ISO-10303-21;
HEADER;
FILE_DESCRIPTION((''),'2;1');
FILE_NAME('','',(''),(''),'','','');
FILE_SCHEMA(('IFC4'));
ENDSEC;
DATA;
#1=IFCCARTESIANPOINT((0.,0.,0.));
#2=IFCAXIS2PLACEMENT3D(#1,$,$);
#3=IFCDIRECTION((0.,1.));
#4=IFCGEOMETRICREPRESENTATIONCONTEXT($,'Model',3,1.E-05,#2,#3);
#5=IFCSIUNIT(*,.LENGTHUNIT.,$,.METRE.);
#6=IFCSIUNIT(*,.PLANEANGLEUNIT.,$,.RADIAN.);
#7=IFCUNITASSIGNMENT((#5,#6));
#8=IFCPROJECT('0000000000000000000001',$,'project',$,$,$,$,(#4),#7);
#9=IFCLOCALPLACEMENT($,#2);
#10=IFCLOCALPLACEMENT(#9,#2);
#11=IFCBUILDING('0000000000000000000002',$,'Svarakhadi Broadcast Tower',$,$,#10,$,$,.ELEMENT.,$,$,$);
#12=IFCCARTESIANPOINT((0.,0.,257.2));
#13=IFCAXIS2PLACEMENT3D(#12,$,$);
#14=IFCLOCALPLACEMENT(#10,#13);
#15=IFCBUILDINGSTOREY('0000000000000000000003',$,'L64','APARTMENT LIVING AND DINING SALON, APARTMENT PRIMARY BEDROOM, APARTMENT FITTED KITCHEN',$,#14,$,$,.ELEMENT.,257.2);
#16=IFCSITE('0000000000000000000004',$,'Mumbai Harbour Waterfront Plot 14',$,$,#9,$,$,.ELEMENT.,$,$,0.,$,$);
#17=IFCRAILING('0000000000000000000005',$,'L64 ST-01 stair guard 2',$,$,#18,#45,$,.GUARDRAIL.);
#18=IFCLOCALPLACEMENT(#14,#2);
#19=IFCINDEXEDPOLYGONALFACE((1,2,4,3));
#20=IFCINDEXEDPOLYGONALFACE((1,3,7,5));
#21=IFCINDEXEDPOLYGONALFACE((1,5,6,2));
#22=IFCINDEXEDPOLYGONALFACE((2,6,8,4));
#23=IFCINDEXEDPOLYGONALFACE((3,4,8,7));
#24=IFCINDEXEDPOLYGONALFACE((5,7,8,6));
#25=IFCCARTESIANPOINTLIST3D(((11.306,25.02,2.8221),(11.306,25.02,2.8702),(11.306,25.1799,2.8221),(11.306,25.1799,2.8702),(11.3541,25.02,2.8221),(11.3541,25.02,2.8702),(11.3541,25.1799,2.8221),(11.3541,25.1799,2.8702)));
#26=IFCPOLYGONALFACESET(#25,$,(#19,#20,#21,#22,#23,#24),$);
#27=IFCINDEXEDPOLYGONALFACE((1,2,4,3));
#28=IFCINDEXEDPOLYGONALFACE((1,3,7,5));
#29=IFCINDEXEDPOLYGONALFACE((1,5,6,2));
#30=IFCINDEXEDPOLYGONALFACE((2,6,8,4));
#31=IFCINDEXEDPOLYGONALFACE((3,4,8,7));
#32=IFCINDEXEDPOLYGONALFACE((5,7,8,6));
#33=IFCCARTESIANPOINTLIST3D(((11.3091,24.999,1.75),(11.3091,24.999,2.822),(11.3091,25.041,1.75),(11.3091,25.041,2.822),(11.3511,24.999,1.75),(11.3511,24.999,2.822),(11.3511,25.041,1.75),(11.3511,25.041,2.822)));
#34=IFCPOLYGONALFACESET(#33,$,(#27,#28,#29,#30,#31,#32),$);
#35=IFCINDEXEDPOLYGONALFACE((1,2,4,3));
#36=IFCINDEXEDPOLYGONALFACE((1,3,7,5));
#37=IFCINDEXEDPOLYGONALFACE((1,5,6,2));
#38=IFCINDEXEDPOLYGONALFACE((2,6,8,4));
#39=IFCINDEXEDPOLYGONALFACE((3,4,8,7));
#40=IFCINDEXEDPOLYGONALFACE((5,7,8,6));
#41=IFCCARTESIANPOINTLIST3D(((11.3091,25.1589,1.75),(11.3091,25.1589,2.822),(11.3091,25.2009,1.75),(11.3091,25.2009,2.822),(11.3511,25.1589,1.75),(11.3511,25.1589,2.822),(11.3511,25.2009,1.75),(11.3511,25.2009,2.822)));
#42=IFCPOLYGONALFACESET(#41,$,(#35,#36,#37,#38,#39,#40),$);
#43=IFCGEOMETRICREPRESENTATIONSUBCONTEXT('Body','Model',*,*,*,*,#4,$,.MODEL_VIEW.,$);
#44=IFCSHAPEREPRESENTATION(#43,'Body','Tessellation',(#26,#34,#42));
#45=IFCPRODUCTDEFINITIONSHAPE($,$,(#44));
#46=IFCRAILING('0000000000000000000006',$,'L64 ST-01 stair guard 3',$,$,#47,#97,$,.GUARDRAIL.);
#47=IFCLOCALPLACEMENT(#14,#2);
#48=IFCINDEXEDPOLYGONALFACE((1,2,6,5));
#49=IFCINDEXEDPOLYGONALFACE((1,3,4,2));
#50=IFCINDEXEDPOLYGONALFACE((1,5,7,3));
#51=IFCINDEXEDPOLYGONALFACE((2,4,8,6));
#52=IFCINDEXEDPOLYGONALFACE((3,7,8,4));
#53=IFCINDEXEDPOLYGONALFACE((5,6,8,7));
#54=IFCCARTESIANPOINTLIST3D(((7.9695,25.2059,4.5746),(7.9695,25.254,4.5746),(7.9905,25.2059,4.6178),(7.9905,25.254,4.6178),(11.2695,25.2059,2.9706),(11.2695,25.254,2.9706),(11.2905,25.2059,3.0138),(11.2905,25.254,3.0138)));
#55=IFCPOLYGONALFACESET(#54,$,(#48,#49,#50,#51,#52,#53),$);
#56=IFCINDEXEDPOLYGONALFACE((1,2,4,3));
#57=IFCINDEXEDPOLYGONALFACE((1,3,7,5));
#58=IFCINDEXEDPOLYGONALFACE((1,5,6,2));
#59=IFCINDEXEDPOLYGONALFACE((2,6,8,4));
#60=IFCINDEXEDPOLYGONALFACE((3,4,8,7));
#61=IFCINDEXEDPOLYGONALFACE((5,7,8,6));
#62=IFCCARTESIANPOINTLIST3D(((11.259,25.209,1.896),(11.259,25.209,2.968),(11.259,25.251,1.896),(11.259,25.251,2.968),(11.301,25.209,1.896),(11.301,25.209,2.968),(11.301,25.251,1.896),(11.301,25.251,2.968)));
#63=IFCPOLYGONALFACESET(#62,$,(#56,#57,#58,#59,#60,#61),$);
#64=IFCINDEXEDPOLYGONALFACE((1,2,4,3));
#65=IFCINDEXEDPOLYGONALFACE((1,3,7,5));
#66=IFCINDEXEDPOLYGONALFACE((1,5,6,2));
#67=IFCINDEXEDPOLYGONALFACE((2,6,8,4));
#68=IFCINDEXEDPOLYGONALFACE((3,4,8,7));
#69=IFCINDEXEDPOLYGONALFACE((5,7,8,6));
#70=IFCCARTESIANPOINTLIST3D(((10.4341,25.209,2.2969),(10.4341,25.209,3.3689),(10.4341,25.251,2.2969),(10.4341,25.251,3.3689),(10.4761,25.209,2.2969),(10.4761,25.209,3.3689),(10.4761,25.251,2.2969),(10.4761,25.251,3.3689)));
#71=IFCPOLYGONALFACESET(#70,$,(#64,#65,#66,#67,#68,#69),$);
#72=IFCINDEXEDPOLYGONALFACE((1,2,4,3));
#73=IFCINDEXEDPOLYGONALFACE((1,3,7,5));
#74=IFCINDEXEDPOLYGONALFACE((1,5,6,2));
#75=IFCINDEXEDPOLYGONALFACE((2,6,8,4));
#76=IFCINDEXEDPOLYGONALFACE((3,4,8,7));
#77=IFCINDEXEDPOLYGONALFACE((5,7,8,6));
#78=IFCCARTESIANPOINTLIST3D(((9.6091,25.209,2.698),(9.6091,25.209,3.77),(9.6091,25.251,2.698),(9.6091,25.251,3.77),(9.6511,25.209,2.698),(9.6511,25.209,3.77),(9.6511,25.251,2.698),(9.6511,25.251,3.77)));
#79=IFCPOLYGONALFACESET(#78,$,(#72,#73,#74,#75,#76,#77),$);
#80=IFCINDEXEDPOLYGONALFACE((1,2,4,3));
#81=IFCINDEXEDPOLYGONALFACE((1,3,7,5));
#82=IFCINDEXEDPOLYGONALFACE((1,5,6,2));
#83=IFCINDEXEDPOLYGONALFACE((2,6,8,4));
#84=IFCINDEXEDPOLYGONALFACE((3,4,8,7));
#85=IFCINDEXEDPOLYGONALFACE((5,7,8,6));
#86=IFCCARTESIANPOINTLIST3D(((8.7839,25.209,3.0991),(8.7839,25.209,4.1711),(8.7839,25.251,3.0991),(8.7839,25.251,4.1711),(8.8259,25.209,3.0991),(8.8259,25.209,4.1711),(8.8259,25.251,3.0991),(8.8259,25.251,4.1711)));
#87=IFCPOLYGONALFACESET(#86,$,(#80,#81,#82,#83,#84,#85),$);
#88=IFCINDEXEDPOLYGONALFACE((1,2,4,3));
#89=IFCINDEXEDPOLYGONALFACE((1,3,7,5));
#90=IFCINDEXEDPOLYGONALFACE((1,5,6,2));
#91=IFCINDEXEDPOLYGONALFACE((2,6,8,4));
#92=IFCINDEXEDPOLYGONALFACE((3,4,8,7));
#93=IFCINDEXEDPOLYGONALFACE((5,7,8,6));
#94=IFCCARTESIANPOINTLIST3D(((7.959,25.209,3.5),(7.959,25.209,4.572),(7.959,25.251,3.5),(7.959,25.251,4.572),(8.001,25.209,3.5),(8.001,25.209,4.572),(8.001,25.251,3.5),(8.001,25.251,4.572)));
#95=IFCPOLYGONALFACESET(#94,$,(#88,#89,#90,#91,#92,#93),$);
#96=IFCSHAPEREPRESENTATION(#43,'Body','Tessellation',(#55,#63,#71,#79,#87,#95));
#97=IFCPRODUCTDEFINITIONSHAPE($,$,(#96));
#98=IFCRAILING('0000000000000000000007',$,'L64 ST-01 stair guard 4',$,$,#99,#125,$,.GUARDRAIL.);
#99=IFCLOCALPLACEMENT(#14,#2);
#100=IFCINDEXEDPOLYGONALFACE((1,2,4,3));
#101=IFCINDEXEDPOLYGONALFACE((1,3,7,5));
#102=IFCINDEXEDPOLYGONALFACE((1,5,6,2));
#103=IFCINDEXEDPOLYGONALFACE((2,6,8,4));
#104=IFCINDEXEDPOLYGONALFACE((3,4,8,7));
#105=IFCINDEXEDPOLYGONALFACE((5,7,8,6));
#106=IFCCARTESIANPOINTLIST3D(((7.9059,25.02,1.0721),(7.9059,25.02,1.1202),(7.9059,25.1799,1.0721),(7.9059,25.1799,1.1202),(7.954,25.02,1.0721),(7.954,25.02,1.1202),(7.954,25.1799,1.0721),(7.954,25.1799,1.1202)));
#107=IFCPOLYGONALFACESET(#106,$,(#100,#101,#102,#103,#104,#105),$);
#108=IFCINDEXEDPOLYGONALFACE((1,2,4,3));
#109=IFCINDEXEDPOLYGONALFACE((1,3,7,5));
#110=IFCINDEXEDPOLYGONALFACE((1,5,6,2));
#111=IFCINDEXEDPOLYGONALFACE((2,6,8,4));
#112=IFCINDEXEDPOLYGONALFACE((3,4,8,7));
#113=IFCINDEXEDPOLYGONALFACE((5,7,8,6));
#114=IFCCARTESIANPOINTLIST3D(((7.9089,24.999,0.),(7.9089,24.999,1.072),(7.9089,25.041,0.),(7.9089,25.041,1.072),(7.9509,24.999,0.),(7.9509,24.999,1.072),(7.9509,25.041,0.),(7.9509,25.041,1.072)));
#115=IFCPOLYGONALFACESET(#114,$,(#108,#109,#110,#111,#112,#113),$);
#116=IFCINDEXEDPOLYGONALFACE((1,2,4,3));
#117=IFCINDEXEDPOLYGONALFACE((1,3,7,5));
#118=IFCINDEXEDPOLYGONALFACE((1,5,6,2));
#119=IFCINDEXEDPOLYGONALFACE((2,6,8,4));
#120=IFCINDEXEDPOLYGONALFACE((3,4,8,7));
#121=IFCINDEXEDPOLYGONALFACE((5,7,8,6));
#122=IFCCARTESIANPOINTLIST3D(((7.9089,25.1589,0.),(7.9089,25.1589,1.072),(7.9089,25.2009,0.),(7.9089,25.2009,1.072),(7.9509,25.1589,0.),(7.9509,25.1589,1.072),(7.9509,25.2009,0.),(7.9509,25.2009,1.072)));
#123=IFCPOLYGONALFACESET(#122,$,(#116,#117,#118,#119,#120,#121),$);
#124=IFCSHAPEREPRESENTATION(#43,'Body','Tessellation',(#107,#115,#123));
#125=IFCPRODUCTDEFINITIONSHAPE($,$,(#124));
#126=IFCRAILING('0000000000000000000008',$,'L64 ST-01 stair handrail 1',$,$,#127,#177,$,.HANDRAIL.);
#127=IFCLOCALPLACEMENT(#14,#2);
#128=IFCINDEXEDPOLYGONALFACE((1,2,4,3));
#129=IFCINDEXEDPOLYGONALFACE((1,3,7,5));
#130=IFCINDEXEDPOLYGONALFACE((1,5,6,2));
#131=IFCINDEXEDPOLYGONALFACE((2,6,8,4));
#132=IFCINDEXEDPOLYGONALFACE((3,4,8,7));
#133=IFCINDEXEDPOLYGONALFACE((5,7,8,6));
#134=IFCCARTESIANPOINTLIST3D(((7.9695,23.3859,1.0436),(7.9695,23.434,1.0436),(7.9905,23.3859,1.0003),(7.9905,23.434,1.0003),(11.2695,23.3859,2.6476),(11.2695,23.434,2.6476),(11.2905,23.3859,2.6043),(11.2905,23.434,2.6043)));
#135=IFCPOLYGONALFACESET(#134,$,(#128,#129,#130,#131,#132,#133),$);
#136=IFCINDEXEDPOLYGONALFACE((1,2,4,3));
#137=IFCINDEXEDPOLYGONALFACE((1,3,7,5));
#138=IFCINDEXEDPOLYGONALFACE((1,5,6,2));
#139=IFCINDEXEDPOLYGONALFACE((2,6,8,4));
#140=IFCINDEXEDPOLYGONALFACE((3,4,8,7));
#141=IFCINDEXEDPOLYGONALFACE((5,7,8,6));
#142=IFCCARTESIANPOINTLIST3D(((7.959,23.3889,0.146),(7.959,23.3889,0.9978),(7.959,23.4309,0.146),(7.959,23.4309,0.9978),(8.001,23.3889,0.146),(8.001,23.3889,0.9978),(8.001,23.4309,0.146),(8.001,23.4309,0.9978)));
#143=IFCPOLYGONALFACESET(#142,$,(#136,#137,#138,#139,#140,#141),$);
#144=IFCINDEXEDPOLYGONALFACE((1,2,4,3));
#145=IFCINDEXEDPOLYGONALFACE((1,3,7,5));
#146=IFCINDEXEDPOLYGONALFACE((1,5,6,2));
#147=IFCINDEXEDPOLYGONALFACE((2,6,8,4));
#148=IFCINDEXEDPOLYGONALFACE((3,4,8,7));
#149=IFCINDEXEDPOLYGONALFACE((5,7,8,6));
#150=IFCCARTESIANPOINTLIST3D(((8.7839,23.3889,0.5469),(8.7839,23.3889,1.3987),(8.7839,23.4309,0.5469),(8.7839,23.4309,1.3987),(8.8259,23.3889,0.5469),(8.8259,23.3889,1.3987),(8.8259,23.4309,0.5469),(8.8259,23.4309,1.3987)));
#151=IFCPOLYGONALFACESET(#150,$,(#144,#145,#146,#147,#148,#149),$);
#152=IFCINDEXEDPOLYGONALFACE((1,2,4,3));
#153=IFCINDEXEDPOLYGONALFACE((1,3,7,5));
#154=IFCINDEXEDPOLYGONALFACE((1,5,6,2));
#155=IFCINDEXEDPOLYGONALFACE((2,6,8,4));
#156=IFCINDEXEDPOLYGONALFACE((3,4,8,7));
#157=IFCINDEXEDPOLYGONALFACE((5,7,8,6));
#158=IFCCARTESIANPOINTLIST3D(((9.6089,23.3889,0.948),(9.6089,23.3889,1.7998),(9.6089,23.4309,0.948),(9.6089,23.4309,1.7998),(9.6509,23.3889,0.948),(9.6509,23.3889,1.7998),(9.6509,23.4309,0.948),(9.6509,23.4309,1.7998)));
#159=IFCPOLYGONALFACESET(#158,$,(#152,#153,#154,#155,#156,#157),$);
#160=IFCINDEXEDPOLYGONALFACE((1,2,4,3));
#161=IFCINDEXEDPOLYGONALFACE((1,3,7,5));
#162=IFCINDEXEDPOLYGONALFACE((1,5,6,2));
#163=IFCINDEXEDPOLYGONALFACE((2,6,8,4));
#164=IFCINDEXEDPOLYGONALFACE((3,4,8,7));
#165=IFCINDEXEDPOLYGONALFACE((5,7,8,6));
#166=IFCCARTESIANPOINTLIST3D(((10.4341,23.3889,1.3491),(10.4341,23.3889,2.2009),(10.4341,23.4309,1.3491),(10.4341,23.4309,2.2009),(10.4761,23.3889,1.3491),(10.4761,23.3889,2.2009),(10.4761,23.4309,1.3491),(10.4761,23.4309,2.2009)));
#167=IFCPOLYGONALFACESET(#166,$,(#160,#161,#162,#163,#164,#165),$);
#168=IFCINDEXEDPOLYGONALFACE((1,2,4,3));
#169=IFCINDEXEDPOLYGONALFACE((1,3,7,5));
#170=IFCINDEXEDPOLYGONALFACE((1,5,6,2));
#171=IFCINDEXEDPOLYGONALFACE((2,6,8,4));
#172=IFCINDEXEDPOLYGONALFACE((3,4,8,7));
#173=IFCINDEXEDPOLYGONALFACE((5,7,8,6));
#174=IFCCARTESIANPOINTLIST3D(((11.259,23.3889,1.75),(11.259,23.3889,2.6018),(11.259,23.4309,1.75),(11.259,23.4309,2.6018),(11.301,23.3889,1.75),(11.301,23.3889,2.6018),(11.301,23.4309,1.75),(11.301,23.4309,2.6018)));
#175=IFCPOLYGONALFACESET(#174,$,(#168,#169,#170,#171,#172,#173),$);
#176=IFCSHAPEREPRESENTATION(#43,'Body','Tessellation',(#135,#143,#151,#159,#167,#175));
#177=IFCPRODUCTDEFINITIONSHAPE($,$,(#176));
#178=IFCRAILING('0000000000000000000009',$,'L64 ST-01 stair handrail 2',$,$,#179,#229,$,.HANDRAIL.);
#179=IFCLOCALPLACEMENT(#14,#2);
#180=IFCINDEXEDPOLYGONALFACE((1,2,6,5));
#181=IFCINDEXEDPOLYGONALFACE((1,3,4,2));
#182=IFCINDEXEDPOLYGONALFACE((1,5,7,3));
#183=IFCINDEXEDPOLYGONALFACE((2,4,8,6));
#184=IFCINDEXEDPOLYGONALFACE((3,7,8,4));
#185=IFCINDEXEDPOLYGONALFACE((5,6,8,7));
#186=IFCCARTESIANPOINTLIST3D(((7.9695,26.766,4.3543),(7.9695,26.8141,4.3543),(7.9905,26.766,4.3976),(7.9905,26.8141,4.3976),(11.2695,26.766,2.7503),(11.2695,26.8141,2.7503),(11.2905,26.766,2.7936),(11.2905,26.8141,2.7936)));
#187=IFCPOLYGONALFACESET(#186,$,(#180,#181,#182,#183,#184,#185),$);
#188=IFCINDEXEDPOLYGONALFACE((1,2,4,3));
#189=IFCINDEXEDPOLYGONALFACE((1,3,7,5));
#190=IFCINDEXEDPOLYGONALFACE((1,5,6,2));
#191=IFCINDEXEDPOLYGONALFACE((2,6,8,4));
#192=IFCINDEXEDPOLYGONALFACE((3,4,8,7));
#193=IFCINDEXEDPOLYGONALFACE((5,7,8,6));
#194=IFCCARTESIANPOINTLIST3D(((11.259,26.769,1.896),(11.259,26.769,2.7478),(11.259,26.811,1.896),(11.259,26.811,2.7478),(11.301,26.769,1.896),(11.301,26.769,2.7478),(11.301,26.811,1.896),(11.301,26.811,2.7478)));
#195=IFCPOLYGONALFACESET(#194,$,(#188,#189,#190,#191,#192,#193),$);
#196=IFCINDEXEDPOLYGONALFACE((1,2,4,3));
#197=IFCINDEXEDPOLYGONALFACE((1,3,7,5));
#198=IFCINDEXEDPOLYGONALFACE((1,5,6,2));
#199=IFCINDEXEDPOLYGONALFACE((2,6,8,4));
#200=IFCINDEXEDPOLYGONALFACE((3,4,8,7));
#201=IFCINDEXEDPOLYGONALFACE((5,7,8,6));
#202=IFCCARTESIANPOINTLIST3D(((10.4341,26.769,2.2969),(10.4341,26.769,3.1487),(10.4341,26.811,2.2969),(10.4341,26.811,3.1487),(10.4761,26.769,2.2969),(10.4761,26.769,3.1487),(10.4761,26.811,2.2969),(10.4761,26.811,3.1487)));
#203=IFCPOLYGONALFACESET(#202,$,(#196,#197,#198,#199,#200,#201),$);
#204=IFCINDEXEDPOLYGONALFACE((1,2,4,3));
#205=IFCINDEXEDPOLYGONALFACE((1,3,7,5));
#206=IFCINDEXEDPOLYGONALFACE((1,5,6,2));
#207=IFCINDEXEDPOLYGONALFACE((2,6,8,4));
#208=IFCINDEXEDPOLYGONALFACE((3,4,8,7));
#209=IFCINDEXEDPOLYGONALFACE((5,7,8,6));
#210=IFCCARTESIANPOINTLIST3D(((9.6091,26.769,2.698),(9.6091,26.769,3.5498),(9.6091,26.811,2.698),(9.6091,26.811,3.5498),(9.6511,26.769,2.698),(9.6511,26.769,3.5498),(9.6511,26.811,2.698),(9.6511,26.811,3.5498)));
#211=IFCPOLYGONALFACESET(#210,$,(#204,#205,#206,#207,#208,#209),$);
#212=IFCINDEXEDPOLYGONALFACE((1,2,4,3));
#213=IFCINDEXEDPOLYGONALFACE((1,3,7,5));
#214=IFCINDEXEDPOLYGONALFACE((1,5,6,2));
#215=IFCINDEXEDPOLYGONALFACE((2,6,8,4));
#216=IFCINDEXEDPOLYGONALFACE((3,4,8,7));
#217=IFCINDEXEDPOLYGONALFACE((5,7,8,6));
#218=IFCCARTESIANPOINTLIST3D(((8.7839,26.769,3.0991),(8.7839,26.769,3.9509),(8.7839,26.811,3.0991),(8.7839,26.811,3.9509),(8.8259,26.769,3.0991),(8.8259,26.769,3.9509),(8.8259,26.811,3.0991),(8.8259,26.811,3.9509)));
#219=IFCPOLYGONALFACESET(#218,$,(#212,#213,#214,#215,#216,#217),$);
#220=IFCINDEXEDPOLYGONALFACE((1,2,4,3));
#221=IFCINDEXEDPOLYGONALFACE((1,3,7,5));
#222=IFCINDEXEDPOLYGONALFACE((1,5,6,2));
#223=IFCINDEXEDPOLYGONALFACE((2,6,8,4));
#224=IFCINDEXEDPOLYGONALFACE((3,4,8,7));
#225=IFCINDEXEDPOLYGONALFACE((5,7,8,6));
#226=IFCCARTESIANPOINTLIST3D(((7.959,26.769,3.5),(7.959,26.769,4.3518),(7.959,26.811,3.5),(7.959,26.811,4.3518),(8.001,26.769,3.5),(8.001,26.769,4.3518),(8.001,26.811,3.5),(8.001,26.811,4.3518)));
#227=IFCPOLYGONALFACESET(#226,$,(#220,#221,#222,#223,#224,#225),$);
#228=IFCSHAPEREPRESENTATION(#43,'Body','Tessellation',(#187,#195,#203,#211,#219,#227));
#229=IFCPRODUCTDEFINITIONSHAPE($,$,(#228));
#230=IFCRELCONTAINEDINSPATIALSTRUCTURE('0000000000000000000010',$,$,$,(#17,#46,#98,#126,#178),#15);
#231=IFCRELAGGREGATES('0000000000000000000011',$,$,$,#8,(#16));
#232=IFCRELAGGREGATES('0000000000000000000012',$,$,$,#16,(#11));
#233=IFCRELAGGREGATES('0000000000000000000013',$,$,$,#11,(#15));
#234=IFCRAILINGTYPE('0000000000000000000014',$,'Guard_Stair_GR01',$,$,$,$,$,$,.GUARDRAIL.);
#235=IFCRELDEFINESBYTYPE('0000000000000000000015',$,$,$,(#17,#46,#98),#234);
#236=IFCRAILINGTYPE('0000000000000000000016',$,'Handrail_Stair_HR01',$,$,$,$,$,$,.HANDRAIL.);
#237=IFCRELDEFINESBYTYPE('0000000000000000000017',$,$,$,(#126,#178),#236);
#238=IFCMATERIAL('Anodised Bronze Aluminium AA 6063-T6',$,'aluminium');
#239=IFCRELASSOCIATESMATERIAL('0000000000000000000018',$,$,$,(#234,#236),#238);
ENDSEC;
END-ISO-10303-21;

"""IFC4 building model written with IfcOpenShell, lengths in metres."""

from ifc_helpers import new_model, si_unit, direction, frame, origin, origin_2d, place, context, subcontext, project, spatial, rectangle, extrude, material, type_object, element, save


model = new_model("IFC4")

# Units and contexts
model_context = context("Model", 3, precision=1e-05, world=origin(), true_north=direction((0.0, 1.0)))
body_context = subcontext(model_context, "Body", "Model", "MODEL_VIEW")
ifc_project = project(units=[si_unit("LENGTHUNIT", "METRE"), si_unit("PLANEANGLEUNIT", "RADIAN")], contexts=[model_context])

# Site, building, storey
site_placement = place(None, origin())
site = spatial("IfcSite", under=ifc_project, at=site_placement, Name="Mumbai Harbour Waterfront Plot 14", CompositionType="ELEMENT", RefElevation=0.0)
building_placement = place(site_placement, origin())
building = spatial("IfcBuilding", under=site, at=building_placement, Name="Svarakhadi Broadcast Tower", CompositionType="ELEMENT")
storey_placement = place(building_placement, frame((0.0, 0.0, 257.2)))
storey = spatial("IfcBuildingStorey", under=building, at=storey_placement, Name="L64", Description="APARTMENT LIVING AND DINING SALON, APARTMENT PRIMARY BEDROOM, APARTMENT FITTED KITCHEN", CompositionType="ELEMENT", Elevation=257.2)

# Shared definitions
ifc_material_1 = material(Name="Anodised Bronze Aluminium AA 6063-T6", Category="aluminium")

# Railings
railing_type_1 = type_object("IfcRailingType", Name="Guard_Stair_GR01", PredefinedType="GUARDRAIL", material=ifc_material_1)
railing_1_placement = place(storey_placement, frame((11.3301, 25.02, 1.75)))
element("IfcRailing", 1, at=railing_1_placement, inside=storey, type_object=railing_type_1, Name="L64 ST-01 stair guard 2", PredefinedType="GUARDRAIL", context=body_context, shape_type="SweptSolid", body=[
    extrude(rectangle(XDim=0.0481, YDim=0.0481, at=origin_2d()), frame((0.0, 0.0, 1.0962), z_axis=(0.0, 1.0, 0.0), x_axis=(-1.0, 0.0, 0.0)), (0.0, 0.0, 1.0), 0.1599),
    extrude(rectangle(XDim=0.042, YDim=0.042, at=origin_2d()), origin(), (0.0, 0.0, 1.0), 1.072),
    extrude(rectangle(XDim=0.042, YDim=0.042, at=origin_2d()), frame((0.0, 0.1599, 0.0)), (0.0, 0.0, 1.0), 1.072),
])
railing_2_placement = place(storey_placement, frame((11.28, 25.23, 1.896)))
element("IfcRailing", 2, at=railing_2_placement, inside=storey, type_object=railing_type_1, Name="L64 ST-01 stair guard 3", PredefinedType="GUARDRAIL", context=body_context, shape_type="SweptSolid", body=[
    extrude(rectangle(XDim=0.0481, YDim=0.0481, at=origin_2d()), frame((0.0, 0.0, 1.0962), z_axis=(-0.899388, 0.0, 0.437152), x_axis=(0.0, -1.0, 0.0)), (0.0, 0.0, 1.0), 3.6692),
    extrude(rectangle(XDim=0.042, YDim=0.042, at=origin_2d()), origin(), (0.0, 0.0, 1.0), 1.072),
    extrude(rectangle(XDim=0.042, YDim=0.042, at=origin_2d()), frame((-0.825, 0.0, 0.4009)), (0.0, 0.0, 1.0), 1.072),
    extrude(rectangle(XDim=0.042, YDim=0.042, at=origin_2d()), frame((-1.6499, 0.0, 0.802)), (0.0, 0.0, 1.0), 1.072),
    extrude(rectangle(XDim=0.042, YDim=0.042, at=origin_2d()), frame((-2.4751, 0.0, 1.2031)), (0.0, 0.0, 1.0), 1.072),
    extrude(rectangle(XDim=0.042, YDim=0.042, at=origin_2d()), frame((-3.3, 0.0, 1.604)), (0.0, 0.0, 1.0), 1.072),
])
railing_3_placement = place(storey_placement, frame((7.9299, 25.02, 0.0)))
element("IfcRailing", 3, at=railing_3_placement, inside=storey, type_object=railing_type_1, Name="L64 ST-01 stair guard 4", PredefinedType="GUARDRAIL", context=body_context, shape_type="SweptSolid", body=[
    extrude(rectangle(XDim=0.0481, YDim=0.0481, at=origin_2d()), frame((0.0, 0.0, 1.0962), z_axis=(0.0, 1.0, 0.0), x_axis=(-1.0, 0.0, 0.0)), (0.0, 0.0, 1.0), 0.1599),
    extrude(rectangle(XDim=0.042, YDim=0.042, at=origin_2d()), origin(), (0.0, 0.0, 1.0), 1.072),
    extrude(rectangle(XDim=0.042, YDim=0.042, at=origin_2d()), frame((0.0, 0.1599, 0.0)), (0.0, 0.0, 1.0), 1.072),
])
railing_type_2 = type_object("IfcRailingType", Name="Handrail_Stair_HR01", PredefinedType="HANDRAIL", material=ifc_material_1)
railing_4_placement = place(storey_placement, frame((7.98, 23.4099, 0.146)))
element("IfcRailing", 4, at=railing_4_placement, inside=storey, type_object=railing_type_2, Name="L64 ST-01 stair handrail 1", PredefinedType="HANDRAIL", context=body_context, shape_type="SweptSolid", body=[
    extrude(rectangle(XDim=0.0481, YDim=0.0481, at=origin_2d()), frame((0.0, 0.0, 0.876), z_axis=(0.899388, 0.0, 0.437152), x_axis=(0.0, 1.0, 0.0)), (0.0, 0.0, 1.0), 3.6692),
    extrude(rectangle(XDim=0.042, YDim=0.042, at=origin_2d()), origin(), (0.0, 0.0, 1.0), 0.8518),
    extrude(rectangle(XDim=0.042, YDim=0.042, at=origin_2d()), frame((0.825, 0.0, 0.4009)), (0.0, 0.0, 1.0), 0.8518),
    extrude(rectangle(XDim=0.042, YDim=0.042, at=origin_2d()), frame((1.6499, 0.0, 0.802)), (0.0, 0.0, 1.0), 0.8518),
    extrude(rectangle(XDim=0.042, YDim=0.042, at=origin_2d()), frame((2.4751, 0.0, 1.2031)), (0.0, 0.0, 1.0), 0.8518),
    extrude(rectangle(XDim=0.042, YDim=0.042, at=origin_2d()), frame((3.3, 0.0, 1.604)), (0.0, 0.0, 1.0), 0.8518),
])
railing_5_placement = place(storey_placement, frame((11.28, 26.79, 1.896)))
element("IfcRailing", 5, at=railing_5_placement, inside=storey, type_object=railing_type_2, Name="L64 ST-01 stair handrail 2", PredefinedType="HANDRAIL", context=body_context, shape_type="SweptSolid", body=[
    extrude(rectangle(XDim=0.0481, YDim=0.0481, at=origin_2d()), frame((0.0, 0.0, 0.876), z_axis=(-0.899388, 0.0, 0.437152), x_axis=(0.0, -1.0, 0.0)), (0.0, 0.0, 1.0), 3.6692),
    extrude(rectangle(XDim=0.042, YDim=0.042, at=origin_2d()), origin(), (0.0, 0.0, 1.0), 0.8518),
    extrude(rectangle(XDim=0.042, YDim=0.042, at=origin_2d()), frame((-0.825, 0.0, 0.4009)), (0.0, 0.0, 1.0), 0.8518),
    extrude(rectangle(XDim=0.042, YDim=0.042, at=origin_2d()), frame((-1.6499, 0.0, 0.802)), (0.0, 0.0, 1.0), 0.8518),
    extrude(rectangle(XDim=0.042, YDim=0.042, at=origin_2d()), frame((-2.4751, 0.0, 1.2031)), (0.0, 0.0, 1.0), 0.8518),
    extrude(rectangle(XDim=0.042, YDim=0.042, at=origin_2d()), frame((-3.3, 0.0, 1.604)), (0.0, 0.0, 1.0), 0.8518),
])

save(model, "model.ifc")
